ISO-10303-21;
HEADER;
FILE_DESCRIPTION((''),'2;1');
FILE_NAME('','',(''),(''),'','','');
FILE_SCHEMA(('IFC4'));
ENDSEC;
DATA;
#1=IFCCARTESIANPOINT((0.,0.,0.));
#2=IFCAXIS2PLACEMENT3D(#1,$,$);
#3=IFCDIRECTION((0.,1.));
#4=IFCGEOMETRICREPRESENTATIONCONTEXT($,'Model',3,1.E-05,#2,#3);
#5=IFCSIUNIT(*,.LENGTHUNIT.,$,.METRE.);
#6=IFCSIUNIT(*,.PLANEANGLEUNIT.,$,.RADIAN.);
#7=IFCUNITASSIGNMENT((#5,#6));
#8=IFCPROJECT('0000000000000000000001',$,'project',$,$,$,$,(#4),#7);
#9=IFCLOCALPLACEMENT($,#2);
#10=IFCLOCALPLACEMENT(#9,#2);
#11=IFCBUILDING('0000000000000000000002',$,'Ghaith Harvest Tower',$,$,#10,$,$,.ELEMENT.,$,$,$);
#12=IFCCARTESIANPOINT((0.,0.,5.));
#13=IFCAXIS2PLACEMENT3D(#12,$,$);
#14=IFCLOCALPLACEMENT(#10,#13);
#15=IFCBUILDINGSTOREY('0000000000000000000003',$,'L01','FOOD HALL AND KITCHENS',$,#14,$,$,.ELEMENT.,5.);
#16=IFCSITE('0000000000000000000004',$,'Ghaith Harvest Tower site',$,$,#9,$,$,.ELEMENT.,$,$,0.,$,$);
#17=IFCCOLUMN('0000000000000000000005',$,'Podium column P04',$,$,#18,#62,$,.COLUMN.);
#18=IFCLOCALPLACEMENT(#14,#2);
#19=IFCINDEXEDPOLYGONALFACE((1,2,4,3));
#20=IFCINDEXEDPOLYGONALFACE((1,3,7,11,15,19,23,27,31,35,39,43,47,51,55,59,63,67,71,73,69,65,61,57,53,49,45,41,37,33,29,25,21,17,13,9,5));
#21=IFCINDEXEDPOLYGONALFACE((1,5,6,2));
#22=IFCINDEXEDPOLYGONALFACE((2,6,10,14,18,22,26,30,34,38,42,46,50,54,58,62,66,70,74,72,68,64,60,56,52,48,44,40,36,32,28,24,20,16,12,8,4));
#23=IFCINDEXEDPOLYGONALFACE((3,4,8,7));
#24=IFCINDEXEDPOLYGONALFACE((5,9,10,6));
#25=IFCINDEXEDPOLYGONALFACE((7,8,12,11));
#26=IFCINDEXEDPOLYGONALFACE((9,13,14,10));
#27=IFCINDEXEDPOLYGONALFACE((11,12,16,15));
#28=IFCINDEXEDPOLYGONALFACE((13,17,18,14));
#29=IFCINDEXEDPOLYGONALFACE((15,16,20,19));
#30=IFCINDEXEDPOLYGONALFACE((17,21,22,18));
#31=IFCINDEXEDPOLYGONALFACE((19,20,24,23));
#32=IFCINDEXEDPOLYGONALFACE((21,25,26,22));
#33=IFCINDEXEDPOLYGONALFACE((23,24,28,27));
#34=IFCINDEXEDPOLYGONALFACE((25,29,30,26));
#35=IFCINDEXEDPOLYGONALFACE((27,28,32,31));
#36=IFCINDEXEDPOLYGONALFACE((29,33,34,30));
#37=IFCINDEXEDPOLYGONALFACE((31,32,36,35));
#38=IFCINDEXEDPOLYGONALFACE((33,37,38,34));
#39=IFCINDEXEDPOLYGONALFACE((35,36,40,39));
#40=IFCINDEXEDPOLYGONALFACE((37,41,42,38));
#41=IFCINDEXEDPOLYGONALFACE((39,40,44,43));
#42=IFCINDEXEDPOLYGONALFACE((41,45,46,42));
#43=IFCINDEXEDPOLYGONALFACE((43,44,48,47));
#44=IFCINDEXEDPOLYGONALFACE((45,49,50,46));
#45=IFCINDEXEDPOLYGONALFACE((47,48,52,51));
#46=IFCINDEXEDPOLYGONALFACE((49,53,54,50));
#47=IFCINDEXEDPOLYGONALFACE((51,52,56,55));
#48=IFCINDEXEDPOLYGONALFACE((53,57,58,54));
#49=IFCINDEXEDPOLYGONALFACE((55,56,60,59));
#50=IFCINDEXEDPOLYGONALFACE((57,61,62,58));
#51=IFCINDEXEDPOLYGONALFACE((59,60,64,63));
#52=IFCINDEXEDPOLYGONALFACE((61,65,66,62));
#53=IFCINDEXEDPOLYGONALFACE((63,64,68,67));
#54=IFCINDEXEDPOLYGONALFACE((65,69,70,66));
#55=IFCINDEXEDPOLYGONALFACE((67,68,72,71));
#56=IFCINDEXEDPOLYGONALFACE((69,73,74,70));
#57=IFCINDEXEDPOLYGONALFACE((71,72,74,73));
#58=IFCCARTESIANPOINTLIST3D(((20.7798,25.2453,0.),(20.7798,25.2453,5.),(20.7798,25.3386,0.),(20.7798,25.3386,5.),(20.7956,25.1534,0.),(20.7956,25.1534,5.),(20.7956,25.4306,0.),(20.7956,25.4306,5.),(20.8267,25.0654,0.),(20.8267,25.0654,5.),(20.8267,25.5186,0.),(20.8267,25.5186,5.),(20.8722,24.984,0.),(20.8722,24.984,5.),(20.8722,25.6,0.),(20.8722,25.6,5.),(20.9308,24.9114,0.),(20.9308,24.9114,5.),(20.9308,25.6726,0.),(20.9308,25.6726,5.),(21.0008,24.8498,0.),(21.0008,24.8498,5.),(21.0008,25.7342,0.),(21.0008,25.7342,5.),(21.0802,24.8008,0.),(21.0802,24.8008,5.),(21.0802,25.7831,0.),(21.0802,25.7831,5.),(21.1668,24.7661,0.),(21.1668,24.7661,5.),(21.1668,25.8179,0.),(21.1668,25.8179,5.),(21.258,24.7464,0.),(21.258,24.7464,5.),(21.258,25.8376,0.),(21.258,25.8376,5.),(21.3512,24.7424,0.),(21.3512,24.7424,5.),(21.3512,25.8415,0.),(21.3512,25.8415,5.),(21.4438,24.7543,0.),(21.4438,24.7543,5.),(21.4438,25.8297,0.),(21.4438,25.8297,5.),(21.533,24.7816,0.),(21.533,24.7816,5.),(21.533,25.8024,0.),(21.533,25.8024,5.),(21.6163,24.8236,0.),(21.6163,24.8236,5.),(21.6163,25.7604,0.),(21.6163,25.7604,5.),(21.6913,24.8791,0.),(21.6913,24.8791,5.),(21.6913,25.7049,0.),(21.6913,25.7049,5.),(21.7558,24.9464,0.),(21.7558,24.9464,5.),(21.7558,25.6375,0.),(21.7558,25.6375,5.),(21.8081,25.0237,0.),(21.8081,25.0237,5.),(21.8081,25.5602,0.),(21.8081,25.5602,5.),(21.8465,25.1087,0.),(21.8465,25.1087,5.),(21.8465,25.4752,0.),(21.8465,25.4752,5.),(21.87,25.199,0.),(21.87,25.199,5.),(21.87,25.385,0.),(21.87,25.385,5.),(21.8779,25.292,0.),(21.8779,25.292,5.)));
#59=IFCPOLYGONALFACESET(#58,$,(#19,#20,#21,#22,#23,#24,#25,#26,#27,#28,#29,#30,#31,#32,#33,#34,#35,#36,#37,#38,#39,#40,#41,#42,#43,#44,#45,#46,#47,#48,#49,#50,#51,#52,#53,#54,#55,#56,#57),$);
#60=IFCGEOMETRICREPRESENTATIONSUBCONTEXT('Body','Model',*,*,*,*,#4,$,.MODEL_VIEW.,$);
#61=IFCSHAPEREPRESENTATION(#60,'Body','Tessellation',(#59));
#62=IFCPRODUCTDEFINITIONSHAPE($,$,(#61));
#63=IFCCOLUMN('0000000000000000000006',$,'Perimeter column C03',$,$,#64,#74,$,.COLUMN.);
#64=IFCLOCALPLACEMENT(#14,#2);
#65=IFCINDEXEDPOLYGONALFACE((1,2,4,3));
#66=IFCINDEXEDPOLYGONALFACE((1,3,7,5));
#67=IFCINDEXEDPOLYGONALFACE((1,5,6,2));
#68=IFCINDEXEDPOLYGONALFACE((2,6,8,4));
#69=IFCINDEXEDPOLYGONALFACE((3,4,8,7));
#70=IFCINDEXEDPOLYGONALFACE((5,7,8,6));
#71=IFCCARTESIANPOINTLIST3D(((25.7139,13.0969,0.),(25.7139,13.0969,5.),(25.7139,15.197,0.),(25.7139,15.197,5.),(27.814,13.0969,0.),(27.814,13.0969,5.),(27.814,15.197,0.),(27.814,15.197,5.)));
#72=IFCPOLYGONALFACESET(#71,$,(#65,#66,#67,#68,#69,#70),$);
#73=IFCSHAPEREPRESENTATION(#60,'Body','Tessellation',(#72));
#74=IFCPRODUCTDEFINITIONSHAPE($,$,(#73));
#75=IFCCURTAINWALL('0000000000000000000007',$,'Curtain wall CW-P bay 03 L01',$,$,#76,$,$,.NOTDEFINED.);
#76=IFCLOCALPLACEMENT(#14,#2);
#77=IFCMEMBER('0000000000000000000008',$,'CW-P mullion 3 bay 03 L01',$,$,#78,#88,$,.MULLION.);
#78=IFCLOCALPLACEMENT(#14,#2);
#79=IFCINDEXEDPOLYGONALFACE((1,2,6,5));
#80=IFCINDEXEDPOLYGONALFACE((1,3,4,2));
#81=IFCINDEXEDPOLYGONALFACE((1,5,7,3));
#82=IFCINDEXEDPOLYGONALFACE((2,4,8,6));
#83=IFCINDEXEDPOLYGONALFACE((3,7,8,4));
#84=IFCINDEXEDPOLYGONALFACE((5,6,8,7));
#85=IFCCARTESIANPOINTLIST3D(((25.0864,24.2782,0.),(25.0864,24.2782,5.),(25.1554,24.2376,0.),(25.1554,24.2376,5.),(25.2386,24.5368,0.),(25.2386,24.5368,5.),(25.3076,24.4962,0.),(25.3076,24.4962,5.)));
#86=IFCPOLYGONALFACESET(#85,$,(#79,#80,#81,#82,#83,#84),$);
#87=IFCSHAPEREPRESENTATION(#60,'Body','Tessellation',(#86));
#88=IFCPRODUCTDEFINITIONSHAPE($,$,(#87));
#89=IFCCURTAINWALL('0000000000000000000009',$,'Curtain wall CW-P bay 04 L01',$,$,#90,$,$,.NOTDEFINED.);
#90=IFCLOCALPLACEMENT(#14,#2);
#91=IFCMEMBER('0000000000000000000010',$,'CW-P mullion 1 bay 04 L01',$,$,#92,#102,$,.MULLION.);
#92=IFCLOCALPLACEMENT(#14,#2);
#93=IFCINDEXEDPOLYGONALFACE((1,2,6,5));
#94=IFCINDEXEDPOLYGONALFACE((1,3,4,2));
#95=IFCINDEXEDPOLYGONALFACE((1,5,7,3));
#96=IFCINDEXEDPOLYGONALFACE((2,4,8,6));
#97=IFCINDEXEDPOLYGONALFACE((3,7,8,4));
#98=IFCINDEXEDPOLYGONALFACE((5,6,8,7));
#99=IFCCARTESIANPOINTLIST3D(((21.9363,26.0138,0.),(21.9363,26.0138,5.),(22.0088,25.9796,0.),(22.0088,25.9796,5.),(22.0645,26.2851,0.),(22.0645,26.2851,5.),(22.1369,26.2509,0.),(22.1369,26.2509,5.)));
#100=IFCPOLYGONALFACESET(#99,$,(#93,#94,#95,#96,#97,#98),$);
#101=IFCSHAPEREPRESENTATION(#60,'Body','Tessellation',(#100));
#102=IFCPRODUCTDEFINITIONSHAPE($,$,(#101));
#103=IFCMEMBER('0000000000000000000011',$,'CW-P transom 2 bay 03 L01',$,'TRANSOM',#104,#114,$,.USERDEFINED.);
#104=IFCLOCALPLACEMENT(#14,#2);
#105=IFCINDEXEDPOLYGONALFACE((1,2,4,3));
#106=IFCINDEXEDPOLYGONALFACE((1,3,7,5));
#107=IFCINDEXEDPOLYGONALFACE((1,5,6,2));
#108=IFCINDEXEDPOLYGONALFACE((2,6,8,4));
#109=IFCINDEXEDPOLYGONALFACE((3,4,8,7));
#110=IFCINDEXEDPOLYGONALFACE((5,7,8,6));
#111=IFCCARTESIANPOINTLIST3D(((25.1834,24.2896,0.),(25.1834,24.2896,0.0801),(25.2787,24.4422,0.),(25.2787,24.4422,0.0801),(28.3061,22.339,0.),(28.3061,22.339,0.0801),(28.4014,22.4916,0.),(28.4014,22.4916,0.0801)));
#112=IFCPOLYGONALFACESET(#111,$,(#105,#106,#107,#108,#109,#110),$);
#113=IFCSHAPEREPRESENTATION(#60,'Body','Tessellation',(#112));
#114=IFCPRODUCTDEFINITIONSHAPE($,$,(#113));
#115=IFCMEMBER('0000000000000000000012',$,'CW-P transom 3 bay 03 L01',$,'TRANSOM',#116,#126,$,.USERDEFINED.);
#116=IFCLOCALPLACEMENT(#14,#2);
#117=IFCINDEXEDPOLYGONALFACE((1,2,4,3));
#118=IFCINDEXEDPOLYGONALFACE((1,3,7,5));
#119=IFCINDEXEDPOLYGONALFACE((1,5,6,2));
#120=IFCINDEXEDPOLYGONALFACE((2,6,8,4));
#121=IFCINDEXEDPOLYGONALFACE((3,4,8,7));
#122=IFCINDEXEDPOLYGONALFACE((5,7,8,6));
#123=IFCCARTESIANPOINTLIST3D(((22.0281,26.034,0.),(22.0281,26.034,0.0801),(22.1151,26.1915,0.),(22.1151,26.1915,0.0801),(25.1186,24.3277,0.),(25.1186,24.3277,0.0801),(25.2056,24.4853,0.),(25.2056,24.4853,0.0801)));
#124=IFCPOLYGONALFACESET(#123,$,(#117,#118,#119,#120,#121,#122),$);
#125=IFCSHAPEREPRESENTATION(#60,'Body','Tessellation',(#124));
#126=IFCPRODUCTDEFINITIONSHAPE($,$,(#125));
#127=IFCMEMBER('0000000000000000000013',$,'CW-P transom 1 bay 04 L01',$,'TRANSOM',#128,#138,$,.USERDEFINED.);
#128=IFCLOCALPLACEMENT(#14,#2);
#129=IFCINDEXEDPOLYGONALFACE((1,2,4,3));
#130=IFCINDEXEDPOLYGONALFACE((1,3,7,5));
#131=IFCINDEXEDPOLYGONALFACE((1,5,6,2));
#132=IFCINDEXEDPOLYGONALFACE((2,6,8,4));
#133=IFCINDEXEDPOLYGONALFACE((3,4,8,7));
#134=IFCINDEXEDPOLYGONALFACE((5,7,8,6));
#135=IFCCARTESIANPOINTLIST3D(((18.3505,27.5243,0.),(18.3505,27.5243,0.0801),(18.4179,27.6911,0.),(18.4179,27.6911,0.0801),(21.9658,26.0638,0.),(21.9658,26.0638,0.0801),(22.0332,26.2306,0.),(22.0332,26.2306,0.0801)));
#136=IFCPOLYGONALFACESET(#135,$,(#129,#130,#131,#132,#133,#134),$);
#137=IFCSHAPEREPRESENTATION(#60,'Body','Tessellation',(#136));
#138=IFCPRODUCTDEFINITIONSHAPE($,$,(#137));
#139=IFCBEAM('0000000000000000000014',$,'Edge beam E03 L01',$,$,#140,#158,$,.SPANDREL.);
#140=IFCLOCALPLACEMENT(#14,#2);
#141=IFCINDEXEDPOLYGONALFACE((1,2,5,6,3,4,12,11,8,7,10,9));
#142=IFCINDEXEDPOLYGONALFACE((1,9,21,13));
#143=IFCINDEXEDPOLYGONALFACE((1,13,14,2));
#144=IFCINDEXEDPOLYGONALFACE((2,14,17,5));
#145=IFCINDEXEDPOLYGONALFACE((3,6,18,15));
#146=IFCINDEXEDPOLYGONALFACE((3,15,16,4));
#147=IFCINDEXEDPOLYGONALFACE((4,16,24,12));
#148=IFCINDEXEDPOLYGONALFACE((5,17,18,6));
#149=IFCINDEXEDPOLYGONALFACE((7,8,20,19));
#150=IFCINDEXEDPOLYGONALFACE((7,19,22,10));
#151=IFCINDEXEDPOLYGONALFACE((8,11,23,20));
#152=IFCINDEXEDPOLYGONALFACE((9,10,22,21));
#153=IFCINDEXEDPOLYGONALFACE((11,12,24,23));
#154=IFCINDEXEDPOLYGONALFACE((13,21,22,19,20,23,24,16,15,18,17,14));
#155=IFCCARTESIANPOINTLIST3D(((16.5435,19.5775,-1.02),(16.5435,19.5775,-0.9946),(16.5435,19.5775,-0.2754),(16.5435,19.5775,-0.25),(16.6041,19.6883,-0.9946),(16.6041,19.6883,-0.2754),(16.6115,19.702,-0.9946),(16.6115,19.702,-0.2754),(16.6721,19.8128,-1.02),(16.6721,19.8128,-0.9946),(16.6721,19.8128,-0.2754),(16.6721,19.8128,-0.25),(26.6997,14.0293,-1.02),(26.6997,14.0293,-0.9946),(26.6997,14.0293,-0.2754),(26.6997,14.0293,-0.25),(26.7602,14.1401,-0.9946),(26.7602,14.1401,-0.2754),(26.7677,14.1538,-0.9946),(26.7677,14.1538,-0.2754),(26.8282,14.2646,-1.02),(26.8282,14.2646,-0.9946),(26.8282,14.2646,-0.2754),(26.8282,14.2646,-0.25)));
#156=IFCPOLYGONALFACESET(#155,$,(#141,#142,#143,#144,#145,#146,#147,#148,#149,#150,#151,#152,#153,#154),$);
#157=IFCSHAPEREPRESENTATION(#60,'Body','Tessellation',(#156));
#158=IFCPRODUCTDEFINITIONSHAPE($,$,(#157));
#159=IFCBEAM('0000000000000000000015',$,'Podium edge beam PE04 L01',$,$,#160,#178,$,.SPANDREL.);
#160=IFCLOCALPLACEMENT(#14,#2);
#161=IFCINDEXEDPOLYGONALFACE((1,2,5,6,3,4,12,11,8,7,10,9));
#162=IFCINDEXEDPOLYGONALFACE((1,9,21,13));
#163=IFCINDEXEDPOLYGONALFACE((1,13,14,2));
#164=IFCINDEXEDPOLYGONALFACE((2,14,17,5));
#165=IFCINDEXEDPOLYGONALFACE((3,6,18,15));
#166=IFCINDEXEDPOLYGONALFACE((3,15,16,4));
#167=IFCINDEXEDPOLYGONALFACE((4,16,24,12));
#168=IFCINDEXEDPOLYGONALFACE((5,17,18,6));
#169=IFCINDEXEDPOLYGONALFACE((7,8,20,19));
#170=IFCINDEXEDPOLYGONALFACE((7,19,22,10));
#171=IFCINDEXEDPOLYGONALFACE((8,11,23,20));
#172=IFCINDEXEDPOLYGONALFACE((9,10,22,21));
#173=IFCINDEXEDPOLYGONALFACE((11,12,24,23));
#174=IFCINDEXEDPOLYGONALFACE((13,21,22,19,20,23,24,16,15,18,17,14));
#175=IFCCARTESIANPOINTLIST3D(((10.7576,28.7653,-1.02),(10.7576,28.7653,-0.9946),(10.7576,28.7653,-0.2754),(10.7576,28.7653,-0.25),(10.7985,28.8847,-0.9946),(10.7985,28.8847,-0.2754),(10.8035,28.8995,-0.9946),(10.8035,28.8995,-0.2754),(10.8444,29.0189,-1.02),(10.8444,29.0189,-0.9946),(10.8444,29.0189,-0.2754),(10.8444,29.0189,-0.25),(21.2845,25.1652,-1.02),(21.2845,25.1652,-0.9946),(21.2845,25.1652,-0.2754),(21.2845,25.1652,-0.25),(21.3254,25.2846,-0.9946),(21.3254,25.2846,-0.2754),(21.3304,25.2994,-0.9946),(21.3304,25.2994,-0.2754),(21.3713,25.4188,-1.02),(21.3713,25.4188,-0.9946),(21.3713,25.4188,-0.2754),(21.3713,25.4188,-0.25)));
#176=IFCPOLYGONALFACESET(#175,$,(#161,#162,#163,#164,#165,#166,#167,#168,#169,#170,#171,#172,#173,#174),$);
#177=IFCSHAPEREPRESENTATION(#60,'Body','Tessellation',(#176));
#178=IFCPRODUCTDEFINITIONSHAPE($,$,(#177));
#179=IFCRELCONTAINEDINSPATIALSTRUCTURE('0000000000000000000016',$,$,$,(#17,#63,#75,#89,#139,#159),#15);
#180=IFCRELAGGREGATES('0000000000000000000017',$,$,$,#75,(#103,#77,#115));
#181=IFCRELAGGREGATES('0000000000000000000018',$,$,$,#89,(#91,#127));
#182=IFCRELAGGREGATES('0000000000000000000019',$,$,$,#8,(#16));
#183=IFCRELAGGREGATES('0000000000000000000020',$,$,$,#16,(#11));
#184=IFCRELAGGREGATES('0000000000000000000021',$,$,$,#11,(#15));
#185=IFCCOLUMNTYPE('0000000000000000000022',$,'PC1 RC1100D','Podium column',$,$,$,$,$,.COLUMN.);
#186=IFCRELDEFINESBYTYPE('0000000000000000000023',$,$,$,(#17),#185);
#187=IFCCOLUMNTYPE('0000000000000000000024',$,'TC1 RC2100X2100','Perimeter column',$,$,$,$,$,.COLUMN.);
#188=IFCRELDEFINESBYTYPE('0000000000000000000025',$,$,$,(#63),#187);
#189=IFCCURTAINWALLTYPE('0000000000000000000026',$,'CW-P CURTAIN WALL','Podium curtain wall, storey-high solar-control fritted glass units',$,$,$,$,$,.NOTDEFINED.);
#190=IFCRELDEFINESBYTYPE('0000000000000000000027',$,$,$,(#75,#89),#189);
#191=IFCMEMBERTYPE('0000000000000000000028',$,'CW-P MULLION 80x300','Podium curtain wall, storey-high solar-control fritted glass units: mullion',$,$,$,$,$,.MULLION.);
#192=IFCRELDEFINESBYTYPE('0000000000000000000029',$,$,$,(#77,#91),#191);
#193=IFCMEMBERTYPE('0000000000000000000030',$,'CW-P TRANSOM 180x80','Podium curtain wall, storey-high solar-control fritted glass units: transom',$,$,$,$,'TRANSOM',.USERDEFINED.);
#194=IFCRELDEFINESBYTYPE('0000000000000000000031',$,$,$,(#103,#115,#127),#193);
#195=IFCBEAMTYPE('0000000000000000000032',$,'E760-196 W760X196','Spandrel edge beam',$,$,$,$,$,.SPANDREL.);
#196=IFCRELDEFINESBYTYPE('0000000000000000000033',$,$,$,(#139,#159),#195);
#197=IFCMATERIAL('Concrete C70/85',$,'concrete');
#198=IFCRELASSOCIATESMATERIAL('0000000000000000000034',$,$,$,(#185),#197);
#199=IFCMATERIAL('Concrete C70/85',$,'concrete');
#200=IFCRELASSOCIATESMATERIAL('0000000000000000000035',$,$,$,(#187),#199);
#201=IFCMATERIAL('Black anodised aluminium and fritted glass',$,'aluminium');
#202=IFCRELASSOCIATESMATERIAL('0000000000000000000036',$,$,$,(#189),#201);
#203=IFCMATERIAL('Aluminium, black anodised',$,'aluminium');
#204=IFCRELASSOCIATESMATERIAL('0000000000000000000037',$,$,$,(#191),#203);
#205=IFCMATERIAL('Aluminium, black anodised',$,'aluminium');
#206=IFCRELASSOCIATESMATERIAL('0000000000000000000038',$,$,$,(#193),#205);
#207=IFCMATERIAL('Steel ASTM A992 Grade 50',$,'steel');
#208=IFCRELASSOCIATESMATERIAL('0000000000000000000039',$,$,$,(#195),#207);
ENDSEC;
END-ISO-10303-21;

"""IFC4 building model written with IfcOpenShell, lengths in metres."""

from ifc_helpers import new_model, si_unit, direction, frame, origin, origin_2d, place, context, subcontext, project, spatial, rectangle, circle, i_section, extrude, material, material_profile, profile_set, type_object, element, aggregate, save


model = new_model("IFC4")

# Units and contexts
model_context = context("Model", 3, precision=1e-05, world=origin(), true_north=direction((0.0, 1.0)))
body_context = subcontext(model_context, "Body", "Model", "MODEL_VIEW")
ifc_project = project(units=[si_unit("LENGTHUNIT", "METRE"), si_unit("PLANEANGLEUNIT", "RADIAN")], contexts=[model_context])

# Site, building, storey
site_placement = place(None, origin())
site = spatial("IfcSite", under=ifc_project, at=site_placement, Name="Ghaith Harvest Tower site", CompositionType="ELEMENT", RefElevation=0.0)
building_placement = place(site_placement, origin())
building = spatial("IfcBuilding", under=site, at=building_placement, Name="Ghaith Harvest Tower", CompositionType="ELEMENT")
storey_placement = place(building_placement, frame((0.0, 0.0, 5.0)))
storey = spatial("IfcBuildingStorey", under=building, at=storey_placement, Name="L01", Description="FOOD HALL AND KITCHENS", CompositionType="ELEMENT", Elevation=5.0)

# Columns
ifc_material_1 = material(Name="Concrete C70/85", Category="concrete")
ifc_material_profile_1 = material_profile(ifc_material_1, circle(Radius=0.55, at=origin_2d()), Name="RC1100D")
ifc_profile_set_1 = profile_set([ifc_material_profile_1], Name="Concrete C70/85")
column_type_1 = type_object("IfcColumnType", Name="PC1 RC1100D", Description="Podium column", PredefinedType="COLUMN", material=ifc_profile_set_1)
column_1_placement = place(storey_placement, frame((21.3279, 25.292, 0.0), z_axis=(0.0, 0.0, 1.0), x_axis=(1.0, 0.0, 0.0)))
element("IfcColumn", 1, at=column_1_placement, inside=storey, type_object=column_type_1, Name="Podium column P04", PredefinedType="COLUMN", context=body_context, shape_type="SweptSolid", body=[
    extrude(circle(Radius=0.55, at=origin_2d()), origin(), (0.0, 0.0, 1.0), 5.0),
])
ifc_material_2 = material(Name="Concrete C70/85", Category="concrete")
ifc_material_profile_2 = material_profile(ifc_material_2, rectangle(XDim=2.1001, YDim=2.1001, at=origin_2d()), Name="RC2100X2100")
ifc_profile_set_2 = profile_set([ifc_material_profile_2], Name="Concrete C70/85")
column_type_2 = type_object("IfcColumnType", Name="TC1 RC2100X2100", Description="Perimeter column", PredefinedType="COLUMN", material=ifc_profile_set_2)
column_2_placement = place(storey_placement, frame((26.7639, 14.147, 0.0), z_axis=(0.0, 0.0, 1.0), x_axis=(1.0, 0.0, 0.0)))
element("IfcColumn", 2, at=column_2_placement, inside=storey, type_object=column_type_2, Name="Perimeter column C03", PredefinedType="COLUMN", context=body_context, shape_type="SweptSolid", body=[
    extrude(rectangle(XDim=2.1001, YDim=2.1001, at=origin_2d()), origin(), (0.0, 0.0, 1.0), 5.0),
])

# Curtain walls, members
ifc_material_3 = material(Name="Black anodised aluminium and fritted glass", Category="aluminium")
curtain_wall_type = type_object("IfcCurtainWallType", Name="CW-P CURTAIN WALL", Description="Podium curtain wall, storey-high solar-control fritted glass units", PredefinedType="NOTDEFINED", material=ifc_material_3)
curtain_wall_1_placement = place(storey_placement, origin())
curtain_wall_1 = element("IfcCurtainWall", 3, at=curtain_wall_1_placement, inside=storey, type_object=curtain_wall_type, Name="Curtain wall CW-P bay 03 L01", PredefinedType="NOTDEFINED")
ifc_material_4 = material(Name="Aluminium, black anodised", Category="aluminium")
ifc_material_profile_3 = material_profile(ifc_material_4, rectangle(XDim=0.0801, YDim=0.3, at=origin_2d()), Name="CW-P MULLION 80x300")
ifc_profile_set_3 = profile_set([ifc_material_profile_3], Name="Aluminium, black anodised")
member_type_1 = type_object("IfcMemberType", Name="CW-P MULLION 80x300", Description="Podium curtain wall, storey-high solar-control fritted glass units: mullion", PredefinedType="MULLION", material=ifc_profile_set_3)
member_1_placement = place(storey_placement, frame((25.197, 24.3872, 0.0), z_axis=(0.0, 0.0, 1.0), x_axis=(-0.861801, 0.507247, 0.0)))
member_1 = element("IfcMember", 4, at=member_1_placement, type_object=member_type_1, Name="CW-P mullion 3 bay 03 L01", PredefinedType="MULLION", context=body_context, shape_type="SweptSolid", body=[
    extrude(rectangle(XDim=0.0801, YDim=0.3, at=origin_2d()), origin(), (0.0, 0.0, 1.0), 5.0),
])
curtain_wall_2_placement = place(storey_placement, origin())
curtain_wall_2 = element("IfcCurtainWall", 5, at=curtain_wall_2_placement, inside=storey, type_object=curtain_wall_type, Name="Curtain wall CW-P bay 04 L01", PredefinedType="NOTDEFINED")
member_2_placement = place(storey_placement, frame((22.0366, 26.1323, 0.0), z_axis=(0.0, 0.0, 1.0), x_axis=(-0.904207, 0.427095, 0.0)))
member_2 = element("IfcMember", 6, at=member_2_placement, type_object=member_type_1, Name="CW-P mullion 1 bay 04 L01", PredefinedType="MULLION", context=body_context, shape_type="SweptSolid", body=[
    extrude(rectangle(XDim=0.0801, YDim=0.3, at=origin_2d()), origin(), (0.0, 0.0, 1.0), 5.0),
])

# Members
ifc_material_5 = material(Name="Aluminium, black anodised", Category="aluminium")
ifc_material_profile_4 = material_profile(ifc_material_5, rectangle(XDim=0.1799, YDim=0.0801, at=origin_2d()), Name="CW-P TRANSOM 180x80")
ifc_profile_set_4 = profile_set([ifc_material_profile_4], Name="Aluminium, black anodised")
member_type_2 = type_object("IfcMemberType", Name="CW-P TRANSOM 180x80", Description="Podium curtain wall, storey-high solar-control fritted glass units: transom", ElementType="TRANSOM", PredefinedType="USERDEFINED", material=ifc_profile_set_4)
member_3_placement = place(storey_placement, frame((28.3538, 22.4153, 0.04), z_axis=(-0.848129, 0.52979, 0.0), x_axis=(-0.52979, -0.848129, 0.0)))
member_3 = element("IfcMember", 7, at=member_3_placement, type_object=member_type_2, Name="CW-P transom 2 bay 03 L01", ObjectType="TRANSOM", PredefinedType="USERDEFINED", context=body_context, shape_type="SweptSolid", body=[
    extrude(rectangle(XDim=0.1799, YDim=0.0801, at=origin_2d()), origin(), (0.0, 0.0, 1.0), 3.6819),
])
member_4_placement = place(storey_placement, frame((25.1621, 24.4065, 0.04), z_axis=(-0.875439, 0.483328, 0.0), x_axis=(-0.483328, -0.875439, 0.0)))
member_4 = element("IfcMember", 8, at=member_4_placement, type_object=member_type_2, Name="CW-P transom 3 bay 03 L01", ObjectType="TRANSOM", PredefinedType="USERDEFINED", context=body_context, shape_type="SweptSolid", body=[
    extrude(rectangle(XDim=0.1799, YDim=0.0801, at=origin_2d()), origin(), (0.0, 0.0, 1.0), 3.5303),
])
member_5_placement = place(storey_placement, frame((21.9995, 26.1472, 0.04), z_axis=(-0.927202, 0.374562, 0.0), x_axis=(-0.374562, -0.927202, 0.0)))
member_5 = element("IfcMember", 9, at=member_5_placement, type_object=member_type_2, Name="CW-P transom 1 bay 04 L01", ObjectType="TRANSOM", PredefinedType="USERDEFINED", context=body_context, shape_type="SweptSolid", body=[
    extrude(rectangle(XDim=0.1799, YDim=0.0801, at=origin_2d()), origin(), (0.0, 0.0, 1.0), 3.8992),
])

# Beams
ifc_material_6 = material(Name="Steel ASTM A992 Grade 50", Category="steel")
ifc_material_profile_5 = material_profile(ifc_material_6, i_section(OverallWidth=0.2681, OverallDepth=0.77, WebThickness=0.0156, FlangeThickness=0.0254, at=origin_2d()), Name="W760X196")
ifc_profile_set_5 = profile_set([ifc_material_profile_5], Name="Steel ASTM A992 Grade 50")
beam_type_1 = type_object("IfcBeamType", Name="E760-196 W760X196", Description="Spandrel edge beam", PredefinedType="SPANDREL", material=ifc_profile_set_5)
beam_1_placement = place(storey_placement, frame((26.7639, 14.147, -0.635), z_axis=(-0.877588, 0.479415, 0.0), x_axis=(-0.479415, -0.877588, 0.0)))
element("IfcBeam", 10, at=beam_1_placement, inside=storey, type_object=beam_type_1, Name="Edge beam E03 L01", PredefinedType="SPANDREL", context=body_context, shape_type="SweptSolid", body=[
    extrude(i_section(OverallWidth=0.2681, OverallDepth=0.77, WebThickness=0.0156, FlangeThickness=0.0254, at=origin_2d()), origin(), (0.0, 0.0, 1.0), 11.5728),
])
beam_2_placement = place(storey_placement, frame((21.3279, 25.292, -0.635), z_axis=(-0.946197, 0.323592, 0.0), x_axis=(-0.323592, -0.946197, 0.0)))
element("IfcBeam", 11, at=beam_2_placement, inside=storey, type_object=beam_type_1, Name="Podium edge beam PE04 L01", PredefinedType="SPANDREL", context=body_context, shape_type="SweptSolid", body=[
    extrude(i_section(OverallWidth=0.2681, OverallDepth=0.77, WebThickness=0.0156, FlangeThickness=0.0254, at=origin_2d()), origin(), (0.0, 0.0, 1.0), 11.1255),
])

aggregate(curtain_wall_1, [member_3, member_1, member_4])
aggregate(curtain_wall_2, [member_2, member_5])

save(model, "model.ifc")
